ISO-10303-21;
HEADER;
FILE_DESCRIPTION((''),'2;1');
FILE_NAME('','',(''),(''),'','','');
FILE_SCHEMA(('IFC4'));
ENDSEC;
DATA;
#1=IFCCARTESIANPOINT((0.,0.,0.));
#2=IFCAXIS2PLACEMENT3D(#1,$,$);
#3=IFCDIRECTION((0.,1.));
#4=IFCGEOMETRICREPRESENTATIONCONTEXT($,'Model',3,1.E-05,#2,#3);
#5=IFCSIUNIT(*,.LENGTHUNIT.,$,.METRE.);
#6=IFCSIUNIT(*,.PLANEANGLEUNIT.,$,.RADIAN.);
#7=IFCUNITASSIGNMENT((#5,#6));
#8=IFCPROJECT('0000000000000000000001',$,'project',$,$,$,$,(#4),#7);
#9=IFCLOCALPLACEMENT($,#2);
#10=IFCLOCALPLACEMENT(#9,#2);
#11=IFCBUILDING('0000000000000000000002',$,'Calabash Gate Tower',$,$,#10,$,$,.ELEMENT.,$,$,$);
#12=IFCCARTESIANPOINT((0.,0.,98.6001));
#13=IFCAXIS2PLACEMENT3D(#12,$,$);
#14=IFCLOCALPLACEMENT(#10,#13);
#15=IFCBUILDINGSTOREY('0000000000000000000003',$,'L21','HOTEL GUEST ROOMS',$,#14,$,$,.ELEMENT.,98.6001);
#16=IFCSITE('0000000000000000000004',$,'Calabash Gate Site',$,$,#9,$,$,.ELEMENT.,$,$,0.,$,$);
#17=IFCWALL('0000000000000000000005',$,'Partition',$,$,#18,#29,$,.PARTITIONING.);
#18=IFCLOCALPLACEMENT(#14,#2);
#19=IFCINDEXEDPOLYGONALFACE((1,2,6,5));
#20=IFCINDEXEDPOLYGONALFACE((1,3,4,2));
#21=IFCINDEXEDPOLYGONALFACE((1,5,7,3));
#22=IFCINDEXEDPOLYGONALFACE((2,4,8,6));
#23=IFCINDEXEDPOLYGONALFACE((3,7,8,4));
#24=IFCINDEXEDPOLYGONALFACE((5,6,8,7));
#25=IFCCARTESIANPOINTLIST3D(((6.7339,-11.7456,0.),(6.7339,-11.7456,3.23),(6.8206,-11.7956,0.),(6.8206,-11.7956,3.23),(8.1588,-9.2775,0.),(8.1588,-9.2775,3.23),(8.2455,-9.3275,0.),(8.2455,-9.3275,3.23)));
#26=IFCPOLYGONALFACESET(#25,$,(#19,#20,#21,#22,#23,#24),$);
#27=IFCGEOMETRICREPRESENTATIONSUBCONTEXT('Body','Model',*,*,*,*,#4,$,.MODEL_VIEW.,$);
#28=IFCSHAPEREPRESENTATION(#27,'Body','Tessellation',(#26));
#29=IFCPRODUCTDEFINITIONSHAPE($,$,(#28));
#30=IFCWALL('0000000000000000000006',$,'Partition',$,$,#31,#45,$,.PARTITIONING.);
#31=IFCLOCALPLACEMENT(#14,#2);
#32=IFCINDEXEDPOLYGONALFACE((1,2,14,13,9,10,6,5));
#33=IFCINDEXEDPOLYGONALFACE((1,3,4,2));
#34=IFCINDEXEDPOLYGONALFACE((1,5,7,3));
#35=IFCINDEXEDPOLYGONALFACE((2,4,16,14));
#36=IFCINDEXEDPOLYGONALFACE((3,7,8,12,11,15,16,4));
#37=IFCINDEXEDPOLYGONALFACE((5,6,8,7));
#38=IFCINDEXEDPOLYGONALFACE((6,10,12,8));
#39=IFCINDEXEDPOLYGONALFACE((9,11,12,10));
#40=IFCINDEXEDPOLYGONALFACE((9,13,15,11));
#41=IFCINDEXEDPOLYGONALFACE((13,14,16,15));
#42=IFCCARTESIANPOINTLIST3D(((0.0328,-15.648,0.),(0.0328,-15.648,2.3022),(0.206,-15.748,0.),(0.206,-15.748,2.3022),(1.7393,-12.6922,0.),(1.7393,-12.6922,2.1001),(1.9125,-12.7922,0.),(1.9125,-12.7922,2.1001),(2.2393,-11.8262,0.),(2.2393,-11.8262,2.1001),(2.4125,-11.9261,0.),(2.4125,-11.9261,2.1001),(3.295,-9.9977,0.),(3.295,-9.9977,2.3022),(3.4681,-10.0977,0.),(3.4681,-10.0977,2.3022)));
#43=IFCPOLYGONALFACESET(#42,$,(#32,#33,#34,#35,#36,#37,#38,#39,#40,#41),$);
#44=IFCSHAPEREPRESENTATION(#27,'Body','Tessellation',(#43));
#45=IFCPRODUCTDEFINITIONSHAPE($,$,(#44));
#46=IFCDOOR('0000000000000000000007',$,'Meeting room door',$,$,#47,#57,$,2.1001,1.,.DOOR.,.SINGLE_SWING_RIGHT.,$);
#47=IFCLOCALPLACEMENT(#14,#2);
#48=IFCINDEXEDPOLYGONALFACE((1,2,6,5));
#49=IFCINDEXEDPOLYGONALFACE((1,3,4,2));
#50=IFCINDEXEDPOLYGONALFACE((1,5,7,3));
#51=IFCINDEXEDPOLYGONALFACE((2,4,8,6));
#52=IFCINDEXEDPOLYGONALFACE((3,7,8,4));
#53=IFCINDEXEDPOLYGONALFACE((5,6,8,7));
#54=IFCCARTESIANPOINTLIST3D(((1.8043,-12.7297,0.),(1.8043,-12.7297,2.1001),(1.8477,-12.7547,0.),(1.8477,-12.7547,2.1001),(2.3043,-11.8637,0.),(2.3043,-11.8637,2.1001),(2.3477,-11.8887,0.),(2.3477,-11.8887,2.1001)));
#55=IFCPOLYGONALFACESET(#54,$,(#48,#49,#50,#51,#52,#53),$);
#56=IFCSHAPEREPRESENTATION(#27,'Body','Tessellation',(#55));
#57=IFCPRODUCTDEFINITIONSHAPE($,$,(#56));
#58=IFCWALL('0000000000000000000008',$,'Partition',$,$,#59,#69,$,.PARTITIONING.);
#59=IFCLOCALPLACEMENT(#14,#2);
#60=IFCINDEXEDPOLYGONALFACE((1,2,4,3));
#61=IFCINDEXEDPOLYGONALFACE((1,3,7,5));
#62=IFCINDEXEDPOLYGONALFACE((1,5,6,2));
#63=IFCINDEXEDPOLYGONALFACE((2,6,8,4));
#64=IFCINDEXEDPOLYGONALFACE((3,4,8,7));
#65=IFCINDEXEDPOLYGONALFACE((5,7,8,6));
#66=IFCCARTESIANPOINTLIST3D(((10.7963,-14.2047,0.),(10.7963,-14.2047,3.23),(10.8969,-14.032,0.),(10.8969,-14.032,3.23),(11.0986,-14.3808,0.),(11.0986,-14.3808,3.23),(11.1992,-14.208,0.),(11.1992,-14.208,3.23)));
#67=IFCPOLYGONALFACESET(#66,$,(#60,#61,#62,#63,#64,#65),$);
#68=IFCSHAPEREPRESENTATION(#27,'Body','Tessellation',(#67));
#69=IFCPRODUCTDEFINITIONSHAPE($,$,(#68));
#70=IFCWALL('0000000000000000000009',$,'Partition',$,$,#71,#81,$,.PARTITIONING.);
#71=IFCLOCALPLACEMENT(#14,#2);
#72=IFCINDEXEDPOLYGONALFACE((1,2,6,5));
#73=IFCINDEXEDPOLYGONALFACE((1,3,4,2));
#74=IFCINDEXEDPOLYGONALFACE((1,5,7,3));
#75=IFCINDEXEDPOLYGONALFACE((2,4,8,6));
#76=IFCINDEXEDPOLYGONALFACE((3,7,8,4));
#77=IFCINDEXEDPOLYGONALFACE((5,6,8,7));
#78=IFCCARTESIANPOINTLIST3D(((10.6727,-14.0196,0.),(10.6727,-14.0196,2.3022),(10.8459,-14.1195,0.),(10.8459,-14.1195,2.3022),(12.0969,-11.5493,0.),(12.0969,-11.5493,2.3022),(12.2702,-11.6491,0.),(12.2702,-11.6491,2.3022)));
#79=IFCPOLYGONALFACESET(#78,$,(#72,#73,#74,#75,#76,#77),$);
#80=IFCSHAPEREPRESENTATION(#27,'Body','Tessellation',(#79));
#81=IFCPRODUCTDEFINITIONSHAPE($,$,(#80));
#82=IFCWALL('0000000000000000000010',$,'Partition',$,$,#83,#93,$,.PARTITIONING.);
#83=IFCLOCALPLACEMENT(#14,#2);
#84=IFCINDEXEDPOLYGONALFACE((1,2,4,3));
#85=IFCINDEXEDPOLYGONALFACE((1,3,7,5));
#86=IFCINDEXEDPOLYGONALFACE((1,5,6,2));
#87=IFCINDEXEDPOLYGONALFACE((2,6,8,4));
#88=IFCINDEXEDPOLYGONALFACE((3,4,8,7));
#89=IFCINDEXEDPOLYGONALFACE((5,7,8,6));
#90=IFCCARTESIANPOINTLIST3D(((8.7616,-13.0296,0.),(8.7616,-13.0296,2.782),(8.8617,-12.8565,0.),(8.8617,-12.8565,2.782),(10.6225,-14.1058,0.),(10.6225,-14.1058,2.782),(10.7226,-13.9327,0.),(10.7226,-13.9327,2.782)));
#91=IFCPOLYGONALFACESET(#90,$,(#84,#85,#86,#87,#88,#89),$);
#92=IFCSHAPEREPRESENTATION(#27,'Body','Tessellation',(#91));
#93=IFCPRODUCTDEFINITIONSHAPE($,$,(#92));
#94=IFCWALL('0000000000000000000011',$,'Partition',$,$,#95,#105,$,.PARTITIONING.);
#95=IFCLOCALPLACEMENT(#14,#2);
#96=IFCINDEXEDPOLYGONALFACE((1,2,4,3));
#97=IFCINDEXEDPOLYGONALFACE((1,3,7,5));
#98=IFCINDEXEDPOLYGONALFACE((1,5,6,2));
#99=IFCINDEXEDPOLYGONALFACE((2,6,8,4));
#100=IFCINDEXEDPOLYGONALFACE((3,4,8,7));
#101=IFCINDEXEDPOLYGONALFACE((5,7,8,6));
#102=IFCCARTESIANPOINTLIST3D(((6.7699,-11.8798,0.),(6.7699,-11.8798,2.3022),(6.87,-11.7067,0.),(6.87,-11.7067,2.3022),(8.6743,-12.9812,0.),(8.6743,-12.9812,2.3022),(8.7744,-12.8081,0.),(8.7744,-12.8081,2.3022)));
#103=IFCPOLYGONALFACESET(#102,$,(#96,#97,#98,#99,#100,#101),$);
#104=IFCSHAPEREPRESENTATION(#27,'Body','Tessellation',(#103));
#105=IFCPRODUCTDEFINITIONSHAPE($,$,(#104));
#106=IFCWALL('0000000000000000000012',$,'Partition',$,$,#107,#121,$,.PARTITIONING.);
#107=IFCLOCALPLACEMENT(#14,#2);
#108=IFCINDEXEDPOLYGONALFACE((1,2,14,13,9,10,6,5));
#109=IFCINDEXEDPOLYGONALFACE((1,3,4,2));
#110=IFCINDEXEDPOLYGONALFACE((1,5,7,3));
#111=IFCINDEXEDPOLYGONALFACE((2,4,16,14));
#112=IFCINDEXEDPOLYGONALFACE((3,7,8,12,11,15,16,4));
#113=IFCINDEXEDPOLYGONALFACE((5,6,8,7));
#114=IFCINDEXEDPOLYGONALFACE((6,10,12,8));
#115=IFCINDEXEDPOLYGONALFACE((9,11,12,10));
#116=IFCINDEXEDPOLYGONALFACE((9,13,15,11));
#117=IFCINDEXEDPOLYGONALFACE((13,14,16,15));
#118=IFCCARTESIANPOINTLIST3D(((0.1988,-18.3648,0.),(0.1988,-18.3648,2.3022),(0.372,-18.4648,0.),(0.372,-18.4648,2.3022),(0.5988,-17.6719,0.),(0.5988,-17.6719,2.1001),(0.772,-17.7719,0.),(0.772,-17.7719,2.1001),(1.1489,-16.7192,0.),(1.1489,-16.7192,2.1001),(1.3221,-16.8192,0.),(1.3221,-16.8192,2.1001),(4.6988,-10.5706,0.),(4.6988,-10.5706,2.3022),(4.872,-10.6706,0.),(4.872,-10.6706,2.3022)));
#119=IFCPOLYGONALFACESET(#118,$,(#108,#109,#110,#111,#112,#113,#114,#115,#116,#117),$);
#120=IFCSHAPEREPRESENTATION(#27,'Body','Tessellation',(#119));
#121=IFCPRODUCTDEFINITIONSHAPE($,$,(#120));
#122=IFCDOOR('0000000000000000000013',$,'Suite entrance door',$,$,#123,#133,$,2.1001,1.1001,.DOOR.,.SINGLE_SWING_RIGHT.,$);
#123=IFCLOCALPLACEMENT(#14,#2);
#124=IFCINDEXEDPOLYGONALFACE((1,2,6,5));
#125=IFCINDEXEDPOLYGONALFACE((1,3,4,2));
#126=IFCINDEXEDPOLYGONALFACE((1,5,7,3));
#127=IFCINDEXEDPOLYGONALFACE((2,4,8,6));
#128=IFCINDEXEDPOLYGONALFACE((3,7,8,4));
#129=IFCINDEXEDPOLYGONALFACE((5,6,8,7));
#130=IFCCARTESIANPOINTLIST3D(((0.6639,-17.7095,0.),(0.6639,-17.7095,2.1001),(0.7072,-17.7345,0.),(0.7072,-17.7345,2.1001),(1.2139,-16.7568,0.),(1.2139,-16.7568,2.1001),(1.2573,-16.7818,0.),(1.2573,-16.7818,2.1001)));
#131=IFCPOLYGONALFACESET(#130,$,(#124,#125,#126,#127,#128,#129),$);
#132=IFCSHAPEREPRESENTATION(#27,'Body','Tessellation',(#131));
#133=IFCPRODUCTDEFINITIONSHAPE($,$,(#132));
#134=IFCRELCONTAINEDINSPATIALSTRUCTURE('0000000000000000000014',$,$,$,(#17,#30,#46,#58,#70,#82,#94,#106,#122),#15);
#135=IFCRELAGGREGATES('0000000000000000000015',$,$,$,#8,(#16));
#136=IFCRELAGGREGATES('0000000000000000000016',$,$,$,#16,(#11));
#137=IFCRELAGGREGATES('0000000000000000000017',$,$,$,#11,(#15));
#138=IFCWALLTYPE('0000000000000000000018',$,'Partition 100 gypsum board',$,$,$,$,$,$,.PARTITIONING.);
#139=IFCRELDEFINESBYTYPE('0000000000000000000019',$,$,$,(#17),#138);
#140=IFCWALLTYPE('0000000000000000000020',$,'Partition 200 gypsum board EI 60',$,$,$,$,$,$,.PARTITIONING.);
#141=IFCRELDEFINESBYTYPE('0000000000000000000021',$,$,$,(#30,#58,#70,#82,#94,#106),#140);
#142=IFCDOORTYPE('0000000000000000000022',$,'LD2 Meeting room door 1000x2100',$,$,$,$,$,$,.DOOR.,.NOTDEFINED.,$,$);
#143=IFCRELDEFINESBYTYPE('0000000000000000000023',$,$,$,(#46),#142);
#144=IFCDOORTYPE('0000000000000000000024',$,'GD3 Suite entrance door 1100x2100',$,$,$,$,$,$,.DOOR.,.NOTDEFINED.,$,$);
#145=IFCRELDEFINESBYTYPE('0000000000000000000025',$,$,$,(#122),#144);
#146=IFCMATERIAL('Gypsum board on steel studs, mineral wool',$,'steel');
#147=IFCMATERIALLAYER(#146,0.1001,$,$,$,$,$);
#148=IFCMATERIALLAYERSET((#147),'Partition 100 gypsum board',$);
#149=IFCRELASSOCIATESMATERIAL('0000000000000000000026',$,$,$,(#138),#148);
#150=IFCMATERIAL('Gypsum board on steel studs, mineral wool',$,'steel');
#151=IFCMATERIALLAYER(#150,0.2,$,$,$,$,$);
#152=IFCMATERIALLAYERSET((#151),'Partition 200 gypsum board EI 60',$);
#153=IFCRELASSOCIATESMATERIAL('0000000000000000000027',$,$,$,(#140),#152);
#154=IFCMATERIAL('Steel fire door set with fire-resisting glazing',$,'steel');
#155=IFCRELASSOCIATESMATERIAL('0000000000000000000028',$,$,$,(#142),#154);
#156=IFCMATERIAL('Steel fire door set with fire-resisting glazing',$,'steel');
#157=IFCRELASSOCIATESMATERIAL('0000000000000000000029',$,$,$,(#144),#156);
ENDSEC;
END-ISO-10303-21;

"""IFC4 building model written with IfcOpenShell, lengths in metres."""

from ifc_helpers import new_model, si_unit, direction, frame, frame_2d, origin, place, context, subcontext, project, spatial, rectangle, extrude, material, layer, layer_set, type_object, element, fill, save


model = new_model("IFC4")

# Units and contexts
model_context = context("Model", 3, precision=1e-05, world=origin(), true_north=direction((0.0, 1.0)))
body_context = subcontext(model_context, "Body", "Model", "MODEL_VIEW")
ifc_project = project(units=[si_unit("LENGTHUNIT", "METRE"), si_unit("PLANEANGLEUNIT", "RADIAN")], contexts=[model_context])

# Site, building, storey
site_placement = place(None, origin())
site = spatial("IfcSite", under=ifc_project, at=site_placement, Name="Calabash Gate Site", CompositionType="ELEMENT", RefElevation=0.0)
building_placement = place(site_placement, origin())
building = spatial("IfcBuilding", under=site, at=building_placement, Name="Calabash Gate Tower", CompositionType="ELEMENT")
storey_placement = place(building_placement, frame((0.0, 0.0, 98.6001)))
storey = spatial("IfcBuildingStorey", under=building, at=storey_placement, Name="L21", Description="HOTEL GUEST ROOMS", CompositionType="ELEMENT", Elevation=98.6001)

# Shared definitions
ifc_material_1 = material(Name="Gypsum board on steel studs, mineral wool", Category="steel")
ifc_layer_1 = layer(ifc_material_1, 0.1001)
ifc_layer_set_1 = layer_set([ifc_layer_1], Name="Partition 100 gypsum board")
wall_type_1 = type_object("IfcWallType", Name="Partition 100 gypsum board", PredefinedType="PARTITIONING", material=ifc_layer_set_1)

# Wall
wall_1_placement = place(storey_placement, frame((6.7773, -11.7705, 0.0), z_axis=(0.0, 0.0, 1.0), x_axis=(0.499972, 0.866041, 0.0)))
element("IfcWall", 1, at=wall_1_placement, inside=storey, type_object=wall_type_1, Name="Partition", PredefinedType="PARTITIONING", context=body_context, shape_type="SweptSolid", body=[
    extrude(rectangle(XDim=2.8499, YDim=0.1001, at=frame_2d((1.4248, 0.0))), origin(), (0.0, 0.0, 1.0), 3.23),
])

# Wall, opening, door
ifc_material_2 = material(Name="Gypsum board on steel studs, mineral wool", Category="steel")
ifc_layer_2 = layer(ifc_material_2, 0.2)
ifc_layer_set_2 = layer_set([ifc_layer_2], Name="Partition 200 gypsum board EI 60")
wall_type_2 = type_object("IfcWallType", Name="Partition 200 gypsum board EI 60", PredefinedType="PARTITIONING", material=ifc_layer_set_2)
wall_2_placement = place(storey_placement, frame((0.1194, -15.698, 0.0), z_axis=(0.0, 0.0, 1.0), x_axis=(0.499995, 0.866029, 0.0)))
wall_2 = element("IfcWall", 2, at=wall_2_placement, inside=storey, type_object=wall_type_2, Name="Partition", PredefinedType="PARTITIONING", context=body_context, shape_type="SweptSolid", body=[
    extrude(rectangle(XDim=6.5244, YDim=0.2, at=frame_2d((3.2622, 0.0))), origin(), (0.0, 0.0, 1.0), 2.3022),
])
opening_1_placement = place(wall_2_placement, frame((3.4131, 0.0, 0.0)))
opening_1 = element("IfcOpeningElement", 3, at=opening_1_placement, cuts=wall_2, PredefinedType="OPENING", context=body_context, shape_type="SweptSolid", body=[
    extrude(rectangle(XDim=1.0, YDim=2.1001, at=frame_2d((0.5, 1.05))), frame((0.0, 0.1099, 0.0), z_axis=(0.0, -1.0, 0.0), x_axis=(1.0, 0.0, 0.0)), (0.0, 0.0, 1.0), 0.22),
])
ifc_material_3 = material(Name="Steel fire door set with fire-resisting glazing", Category="steel")
door_type_1 = type_object("IfcDoorType", Name="LD2 Meeting room door 1000x2100", OperationType="NOTDEFINED", PredefinedType="DOOR", material=ifc_material_3)
door_1_placement = place(opening_1_placement, origin())
door_1 = element("IfcDoor", 4, at=door_1_placement, inside=storey, type_object=door_type_1, Name="Meeting room door", OperationType="SINGLE_SWING_RIGHT", OverallHeight=2.1001, OverallWidth=1.0, PredefinedType="DOOR", context=body_context, shape_type="SweptSolid", body=[
    extrude(rectangle(XDim=1.0, YDim=2.1001, at=frame_2d((0.5, 1.05))), frame((0.0, 0.0249, 0.0), z_axis=(0.0, -1.0, 0.0), x_axis=(1.0, 0.0, 0.0)), (0.0, 0.0, 1.0), 0.05),
])
fill(opening_1, door_1)

# Walls
wall_3_placement = place(storey_placement, frame((10.8467, -14.1184, 0.0), z_axis=(0.0, 0.0, 1.0), x_axis=(0.864133, -0.503263, 0.0)))
element("IfcWall", 5, at=wall_3_placement, inside=storey, type_object=wall_type_2, Name="Partition", PredefinedType="PARTITIONING", context=body_context, shape_type="SweptSolid", body=[
    extrude(rectangle(XDim=0.3499, YDim=0.2, at=frame_2d((0.1748, 0.0))), origin(), (0.0, 0.0, 1.0), 3.23),
])
wall_4_placement = place(storey_placement, frame((10.7593, -14.0696, 0.0), z_axis=(0.0, 0.0, 1.0), x_axis=(0.499473, 0.86633, 0.0)))
element("IfcWall", 6, at=wall_4_placement, inside=storey, type_object=wall_type_2, Name="Partition", PredefinedType="PARTITIONING", context=body_context, shape_type="SweptSolid", body=[
    extrude(rectangle(XDim=2.8516, YDim=0.2, at=frame_2d((1.4258, 0.0))), origin(), (0.0, 0.0, 1.0), 2.3022),
])
wall_5_placement = place(storey_placement, frame((8.8118, -12.9431, 0.0), z_axis=(0.0, 0.0, 1.0), x_axis=(0.865659, -0.500633, 0.0)))
element("IfcWall", 7, at=wall_5_placement, inside=storey, type_object=wall_type_2, Name="Partition", PredefinedType="PARTITIONING", context=body_context, shape_type="SweptSolid", body=[
    extrude(rectangle(XDim=2.1497, YDim=0.2, at=frame_2d((1.0747, 0.0))), origin(), (0.0, 0.0, 1.0), 2.782),
])
wall_6_placement = place(storey_placement, frame((6.8198, -11.7932, 0.0), z_axis=(0.0, 0.0, 1.0), x_axis=(0.865657, -0.500638, 0.0)))
element("IfcWall", 8, at=wall_6_placement, inside=storey, type_object=wall_type_2, Name="Partition", PredefinedType="PARTITIONING", context=body_context, shape_type="SweptSolid", body=[
    extrude(rectangle(XDim=2.2, YDim=0.2, at=frame_2d((1.1001, 0.0))), origin(), (0.0, 0.0, 1.0), 2.3022),
])

# Wall, opening, door
wall_7_placement = place(storey_placement, frame((0.2854, -18.4148, 0.0), z_axis=(0.0, 0.0, 1.0), x_axis=(0.500002, 0.866024, 0.0)))
wall_7 = element("IfcWall", 9, at=wall_7_placement, inside=storey, type_object=wall_type_2, Name="Partition", PredefinedType="PARTITIONING", context=body_context, shape_type="SweptSolid", body=[
    extrude(rectangle(XDim=9.0, YDim=0.2, at=frame_2d((4.5, 0.0))), origin(), (0.0, 0.0, 1.0), 2.3022),
])
opening_2_placement = place(wall_7_placement, frame((0.8, 0.0, 0.0)))
opening_2 = element("IfcOpeningElement", 10, at=opening_2_placement, cuts=wall_7, PredefinedType="OPENING", context=body_context, shape_type="SweptSolid", body=[
    extrude(rectangle(XDim=1.1001, YDim=2.1001, at=frame_2d((0.55, 1.05))), frame((0.0, 0.1099, 0.0), z_axis=(0.0, -1.0, 0.0), x_axis=(1.0, 0.0, 0.0)), (0.0, 0.0, 1.0), 0.22),
])
ifc_material_4 = material(Name="Steel fire door set with fire-resisting glazing", Category="steel")
door_type_2 = type_object("IfcDoorType", Name="GD3 Suite entrance door 1100x2100", OperationType="NOTDEFINED", PredefinedType="DOOR", material=ifc_material_4)
door_2_placement = place(opening_2_placement, origin())
door_2 = element("IfcDoor", 11, at=door_2_placement, inside=storey, type_object=door_type_2, Name="Suite entrance door", OperationType="SINGLE_SWING_RIGHT", OverallHeight=2.1001, OverallWidth=1.1001, PredefinedType="DOOR", context=body_context, shape_type="SweptSolid", body=[
    extrude(rectangle(XDim=1.1001, YDim=2.1001, at=frame_2d((0.55, 1.05))), frame((0.0, 0.0249, 0.0), z_axis=(0.0, -1.0, 0.0), x_axis=(1.0, 0.0, 0.0)), (0.0, 0.0, 1.0), 0.05),
])
fill(opening_2, door_2)

save(model, "model.ifc")
